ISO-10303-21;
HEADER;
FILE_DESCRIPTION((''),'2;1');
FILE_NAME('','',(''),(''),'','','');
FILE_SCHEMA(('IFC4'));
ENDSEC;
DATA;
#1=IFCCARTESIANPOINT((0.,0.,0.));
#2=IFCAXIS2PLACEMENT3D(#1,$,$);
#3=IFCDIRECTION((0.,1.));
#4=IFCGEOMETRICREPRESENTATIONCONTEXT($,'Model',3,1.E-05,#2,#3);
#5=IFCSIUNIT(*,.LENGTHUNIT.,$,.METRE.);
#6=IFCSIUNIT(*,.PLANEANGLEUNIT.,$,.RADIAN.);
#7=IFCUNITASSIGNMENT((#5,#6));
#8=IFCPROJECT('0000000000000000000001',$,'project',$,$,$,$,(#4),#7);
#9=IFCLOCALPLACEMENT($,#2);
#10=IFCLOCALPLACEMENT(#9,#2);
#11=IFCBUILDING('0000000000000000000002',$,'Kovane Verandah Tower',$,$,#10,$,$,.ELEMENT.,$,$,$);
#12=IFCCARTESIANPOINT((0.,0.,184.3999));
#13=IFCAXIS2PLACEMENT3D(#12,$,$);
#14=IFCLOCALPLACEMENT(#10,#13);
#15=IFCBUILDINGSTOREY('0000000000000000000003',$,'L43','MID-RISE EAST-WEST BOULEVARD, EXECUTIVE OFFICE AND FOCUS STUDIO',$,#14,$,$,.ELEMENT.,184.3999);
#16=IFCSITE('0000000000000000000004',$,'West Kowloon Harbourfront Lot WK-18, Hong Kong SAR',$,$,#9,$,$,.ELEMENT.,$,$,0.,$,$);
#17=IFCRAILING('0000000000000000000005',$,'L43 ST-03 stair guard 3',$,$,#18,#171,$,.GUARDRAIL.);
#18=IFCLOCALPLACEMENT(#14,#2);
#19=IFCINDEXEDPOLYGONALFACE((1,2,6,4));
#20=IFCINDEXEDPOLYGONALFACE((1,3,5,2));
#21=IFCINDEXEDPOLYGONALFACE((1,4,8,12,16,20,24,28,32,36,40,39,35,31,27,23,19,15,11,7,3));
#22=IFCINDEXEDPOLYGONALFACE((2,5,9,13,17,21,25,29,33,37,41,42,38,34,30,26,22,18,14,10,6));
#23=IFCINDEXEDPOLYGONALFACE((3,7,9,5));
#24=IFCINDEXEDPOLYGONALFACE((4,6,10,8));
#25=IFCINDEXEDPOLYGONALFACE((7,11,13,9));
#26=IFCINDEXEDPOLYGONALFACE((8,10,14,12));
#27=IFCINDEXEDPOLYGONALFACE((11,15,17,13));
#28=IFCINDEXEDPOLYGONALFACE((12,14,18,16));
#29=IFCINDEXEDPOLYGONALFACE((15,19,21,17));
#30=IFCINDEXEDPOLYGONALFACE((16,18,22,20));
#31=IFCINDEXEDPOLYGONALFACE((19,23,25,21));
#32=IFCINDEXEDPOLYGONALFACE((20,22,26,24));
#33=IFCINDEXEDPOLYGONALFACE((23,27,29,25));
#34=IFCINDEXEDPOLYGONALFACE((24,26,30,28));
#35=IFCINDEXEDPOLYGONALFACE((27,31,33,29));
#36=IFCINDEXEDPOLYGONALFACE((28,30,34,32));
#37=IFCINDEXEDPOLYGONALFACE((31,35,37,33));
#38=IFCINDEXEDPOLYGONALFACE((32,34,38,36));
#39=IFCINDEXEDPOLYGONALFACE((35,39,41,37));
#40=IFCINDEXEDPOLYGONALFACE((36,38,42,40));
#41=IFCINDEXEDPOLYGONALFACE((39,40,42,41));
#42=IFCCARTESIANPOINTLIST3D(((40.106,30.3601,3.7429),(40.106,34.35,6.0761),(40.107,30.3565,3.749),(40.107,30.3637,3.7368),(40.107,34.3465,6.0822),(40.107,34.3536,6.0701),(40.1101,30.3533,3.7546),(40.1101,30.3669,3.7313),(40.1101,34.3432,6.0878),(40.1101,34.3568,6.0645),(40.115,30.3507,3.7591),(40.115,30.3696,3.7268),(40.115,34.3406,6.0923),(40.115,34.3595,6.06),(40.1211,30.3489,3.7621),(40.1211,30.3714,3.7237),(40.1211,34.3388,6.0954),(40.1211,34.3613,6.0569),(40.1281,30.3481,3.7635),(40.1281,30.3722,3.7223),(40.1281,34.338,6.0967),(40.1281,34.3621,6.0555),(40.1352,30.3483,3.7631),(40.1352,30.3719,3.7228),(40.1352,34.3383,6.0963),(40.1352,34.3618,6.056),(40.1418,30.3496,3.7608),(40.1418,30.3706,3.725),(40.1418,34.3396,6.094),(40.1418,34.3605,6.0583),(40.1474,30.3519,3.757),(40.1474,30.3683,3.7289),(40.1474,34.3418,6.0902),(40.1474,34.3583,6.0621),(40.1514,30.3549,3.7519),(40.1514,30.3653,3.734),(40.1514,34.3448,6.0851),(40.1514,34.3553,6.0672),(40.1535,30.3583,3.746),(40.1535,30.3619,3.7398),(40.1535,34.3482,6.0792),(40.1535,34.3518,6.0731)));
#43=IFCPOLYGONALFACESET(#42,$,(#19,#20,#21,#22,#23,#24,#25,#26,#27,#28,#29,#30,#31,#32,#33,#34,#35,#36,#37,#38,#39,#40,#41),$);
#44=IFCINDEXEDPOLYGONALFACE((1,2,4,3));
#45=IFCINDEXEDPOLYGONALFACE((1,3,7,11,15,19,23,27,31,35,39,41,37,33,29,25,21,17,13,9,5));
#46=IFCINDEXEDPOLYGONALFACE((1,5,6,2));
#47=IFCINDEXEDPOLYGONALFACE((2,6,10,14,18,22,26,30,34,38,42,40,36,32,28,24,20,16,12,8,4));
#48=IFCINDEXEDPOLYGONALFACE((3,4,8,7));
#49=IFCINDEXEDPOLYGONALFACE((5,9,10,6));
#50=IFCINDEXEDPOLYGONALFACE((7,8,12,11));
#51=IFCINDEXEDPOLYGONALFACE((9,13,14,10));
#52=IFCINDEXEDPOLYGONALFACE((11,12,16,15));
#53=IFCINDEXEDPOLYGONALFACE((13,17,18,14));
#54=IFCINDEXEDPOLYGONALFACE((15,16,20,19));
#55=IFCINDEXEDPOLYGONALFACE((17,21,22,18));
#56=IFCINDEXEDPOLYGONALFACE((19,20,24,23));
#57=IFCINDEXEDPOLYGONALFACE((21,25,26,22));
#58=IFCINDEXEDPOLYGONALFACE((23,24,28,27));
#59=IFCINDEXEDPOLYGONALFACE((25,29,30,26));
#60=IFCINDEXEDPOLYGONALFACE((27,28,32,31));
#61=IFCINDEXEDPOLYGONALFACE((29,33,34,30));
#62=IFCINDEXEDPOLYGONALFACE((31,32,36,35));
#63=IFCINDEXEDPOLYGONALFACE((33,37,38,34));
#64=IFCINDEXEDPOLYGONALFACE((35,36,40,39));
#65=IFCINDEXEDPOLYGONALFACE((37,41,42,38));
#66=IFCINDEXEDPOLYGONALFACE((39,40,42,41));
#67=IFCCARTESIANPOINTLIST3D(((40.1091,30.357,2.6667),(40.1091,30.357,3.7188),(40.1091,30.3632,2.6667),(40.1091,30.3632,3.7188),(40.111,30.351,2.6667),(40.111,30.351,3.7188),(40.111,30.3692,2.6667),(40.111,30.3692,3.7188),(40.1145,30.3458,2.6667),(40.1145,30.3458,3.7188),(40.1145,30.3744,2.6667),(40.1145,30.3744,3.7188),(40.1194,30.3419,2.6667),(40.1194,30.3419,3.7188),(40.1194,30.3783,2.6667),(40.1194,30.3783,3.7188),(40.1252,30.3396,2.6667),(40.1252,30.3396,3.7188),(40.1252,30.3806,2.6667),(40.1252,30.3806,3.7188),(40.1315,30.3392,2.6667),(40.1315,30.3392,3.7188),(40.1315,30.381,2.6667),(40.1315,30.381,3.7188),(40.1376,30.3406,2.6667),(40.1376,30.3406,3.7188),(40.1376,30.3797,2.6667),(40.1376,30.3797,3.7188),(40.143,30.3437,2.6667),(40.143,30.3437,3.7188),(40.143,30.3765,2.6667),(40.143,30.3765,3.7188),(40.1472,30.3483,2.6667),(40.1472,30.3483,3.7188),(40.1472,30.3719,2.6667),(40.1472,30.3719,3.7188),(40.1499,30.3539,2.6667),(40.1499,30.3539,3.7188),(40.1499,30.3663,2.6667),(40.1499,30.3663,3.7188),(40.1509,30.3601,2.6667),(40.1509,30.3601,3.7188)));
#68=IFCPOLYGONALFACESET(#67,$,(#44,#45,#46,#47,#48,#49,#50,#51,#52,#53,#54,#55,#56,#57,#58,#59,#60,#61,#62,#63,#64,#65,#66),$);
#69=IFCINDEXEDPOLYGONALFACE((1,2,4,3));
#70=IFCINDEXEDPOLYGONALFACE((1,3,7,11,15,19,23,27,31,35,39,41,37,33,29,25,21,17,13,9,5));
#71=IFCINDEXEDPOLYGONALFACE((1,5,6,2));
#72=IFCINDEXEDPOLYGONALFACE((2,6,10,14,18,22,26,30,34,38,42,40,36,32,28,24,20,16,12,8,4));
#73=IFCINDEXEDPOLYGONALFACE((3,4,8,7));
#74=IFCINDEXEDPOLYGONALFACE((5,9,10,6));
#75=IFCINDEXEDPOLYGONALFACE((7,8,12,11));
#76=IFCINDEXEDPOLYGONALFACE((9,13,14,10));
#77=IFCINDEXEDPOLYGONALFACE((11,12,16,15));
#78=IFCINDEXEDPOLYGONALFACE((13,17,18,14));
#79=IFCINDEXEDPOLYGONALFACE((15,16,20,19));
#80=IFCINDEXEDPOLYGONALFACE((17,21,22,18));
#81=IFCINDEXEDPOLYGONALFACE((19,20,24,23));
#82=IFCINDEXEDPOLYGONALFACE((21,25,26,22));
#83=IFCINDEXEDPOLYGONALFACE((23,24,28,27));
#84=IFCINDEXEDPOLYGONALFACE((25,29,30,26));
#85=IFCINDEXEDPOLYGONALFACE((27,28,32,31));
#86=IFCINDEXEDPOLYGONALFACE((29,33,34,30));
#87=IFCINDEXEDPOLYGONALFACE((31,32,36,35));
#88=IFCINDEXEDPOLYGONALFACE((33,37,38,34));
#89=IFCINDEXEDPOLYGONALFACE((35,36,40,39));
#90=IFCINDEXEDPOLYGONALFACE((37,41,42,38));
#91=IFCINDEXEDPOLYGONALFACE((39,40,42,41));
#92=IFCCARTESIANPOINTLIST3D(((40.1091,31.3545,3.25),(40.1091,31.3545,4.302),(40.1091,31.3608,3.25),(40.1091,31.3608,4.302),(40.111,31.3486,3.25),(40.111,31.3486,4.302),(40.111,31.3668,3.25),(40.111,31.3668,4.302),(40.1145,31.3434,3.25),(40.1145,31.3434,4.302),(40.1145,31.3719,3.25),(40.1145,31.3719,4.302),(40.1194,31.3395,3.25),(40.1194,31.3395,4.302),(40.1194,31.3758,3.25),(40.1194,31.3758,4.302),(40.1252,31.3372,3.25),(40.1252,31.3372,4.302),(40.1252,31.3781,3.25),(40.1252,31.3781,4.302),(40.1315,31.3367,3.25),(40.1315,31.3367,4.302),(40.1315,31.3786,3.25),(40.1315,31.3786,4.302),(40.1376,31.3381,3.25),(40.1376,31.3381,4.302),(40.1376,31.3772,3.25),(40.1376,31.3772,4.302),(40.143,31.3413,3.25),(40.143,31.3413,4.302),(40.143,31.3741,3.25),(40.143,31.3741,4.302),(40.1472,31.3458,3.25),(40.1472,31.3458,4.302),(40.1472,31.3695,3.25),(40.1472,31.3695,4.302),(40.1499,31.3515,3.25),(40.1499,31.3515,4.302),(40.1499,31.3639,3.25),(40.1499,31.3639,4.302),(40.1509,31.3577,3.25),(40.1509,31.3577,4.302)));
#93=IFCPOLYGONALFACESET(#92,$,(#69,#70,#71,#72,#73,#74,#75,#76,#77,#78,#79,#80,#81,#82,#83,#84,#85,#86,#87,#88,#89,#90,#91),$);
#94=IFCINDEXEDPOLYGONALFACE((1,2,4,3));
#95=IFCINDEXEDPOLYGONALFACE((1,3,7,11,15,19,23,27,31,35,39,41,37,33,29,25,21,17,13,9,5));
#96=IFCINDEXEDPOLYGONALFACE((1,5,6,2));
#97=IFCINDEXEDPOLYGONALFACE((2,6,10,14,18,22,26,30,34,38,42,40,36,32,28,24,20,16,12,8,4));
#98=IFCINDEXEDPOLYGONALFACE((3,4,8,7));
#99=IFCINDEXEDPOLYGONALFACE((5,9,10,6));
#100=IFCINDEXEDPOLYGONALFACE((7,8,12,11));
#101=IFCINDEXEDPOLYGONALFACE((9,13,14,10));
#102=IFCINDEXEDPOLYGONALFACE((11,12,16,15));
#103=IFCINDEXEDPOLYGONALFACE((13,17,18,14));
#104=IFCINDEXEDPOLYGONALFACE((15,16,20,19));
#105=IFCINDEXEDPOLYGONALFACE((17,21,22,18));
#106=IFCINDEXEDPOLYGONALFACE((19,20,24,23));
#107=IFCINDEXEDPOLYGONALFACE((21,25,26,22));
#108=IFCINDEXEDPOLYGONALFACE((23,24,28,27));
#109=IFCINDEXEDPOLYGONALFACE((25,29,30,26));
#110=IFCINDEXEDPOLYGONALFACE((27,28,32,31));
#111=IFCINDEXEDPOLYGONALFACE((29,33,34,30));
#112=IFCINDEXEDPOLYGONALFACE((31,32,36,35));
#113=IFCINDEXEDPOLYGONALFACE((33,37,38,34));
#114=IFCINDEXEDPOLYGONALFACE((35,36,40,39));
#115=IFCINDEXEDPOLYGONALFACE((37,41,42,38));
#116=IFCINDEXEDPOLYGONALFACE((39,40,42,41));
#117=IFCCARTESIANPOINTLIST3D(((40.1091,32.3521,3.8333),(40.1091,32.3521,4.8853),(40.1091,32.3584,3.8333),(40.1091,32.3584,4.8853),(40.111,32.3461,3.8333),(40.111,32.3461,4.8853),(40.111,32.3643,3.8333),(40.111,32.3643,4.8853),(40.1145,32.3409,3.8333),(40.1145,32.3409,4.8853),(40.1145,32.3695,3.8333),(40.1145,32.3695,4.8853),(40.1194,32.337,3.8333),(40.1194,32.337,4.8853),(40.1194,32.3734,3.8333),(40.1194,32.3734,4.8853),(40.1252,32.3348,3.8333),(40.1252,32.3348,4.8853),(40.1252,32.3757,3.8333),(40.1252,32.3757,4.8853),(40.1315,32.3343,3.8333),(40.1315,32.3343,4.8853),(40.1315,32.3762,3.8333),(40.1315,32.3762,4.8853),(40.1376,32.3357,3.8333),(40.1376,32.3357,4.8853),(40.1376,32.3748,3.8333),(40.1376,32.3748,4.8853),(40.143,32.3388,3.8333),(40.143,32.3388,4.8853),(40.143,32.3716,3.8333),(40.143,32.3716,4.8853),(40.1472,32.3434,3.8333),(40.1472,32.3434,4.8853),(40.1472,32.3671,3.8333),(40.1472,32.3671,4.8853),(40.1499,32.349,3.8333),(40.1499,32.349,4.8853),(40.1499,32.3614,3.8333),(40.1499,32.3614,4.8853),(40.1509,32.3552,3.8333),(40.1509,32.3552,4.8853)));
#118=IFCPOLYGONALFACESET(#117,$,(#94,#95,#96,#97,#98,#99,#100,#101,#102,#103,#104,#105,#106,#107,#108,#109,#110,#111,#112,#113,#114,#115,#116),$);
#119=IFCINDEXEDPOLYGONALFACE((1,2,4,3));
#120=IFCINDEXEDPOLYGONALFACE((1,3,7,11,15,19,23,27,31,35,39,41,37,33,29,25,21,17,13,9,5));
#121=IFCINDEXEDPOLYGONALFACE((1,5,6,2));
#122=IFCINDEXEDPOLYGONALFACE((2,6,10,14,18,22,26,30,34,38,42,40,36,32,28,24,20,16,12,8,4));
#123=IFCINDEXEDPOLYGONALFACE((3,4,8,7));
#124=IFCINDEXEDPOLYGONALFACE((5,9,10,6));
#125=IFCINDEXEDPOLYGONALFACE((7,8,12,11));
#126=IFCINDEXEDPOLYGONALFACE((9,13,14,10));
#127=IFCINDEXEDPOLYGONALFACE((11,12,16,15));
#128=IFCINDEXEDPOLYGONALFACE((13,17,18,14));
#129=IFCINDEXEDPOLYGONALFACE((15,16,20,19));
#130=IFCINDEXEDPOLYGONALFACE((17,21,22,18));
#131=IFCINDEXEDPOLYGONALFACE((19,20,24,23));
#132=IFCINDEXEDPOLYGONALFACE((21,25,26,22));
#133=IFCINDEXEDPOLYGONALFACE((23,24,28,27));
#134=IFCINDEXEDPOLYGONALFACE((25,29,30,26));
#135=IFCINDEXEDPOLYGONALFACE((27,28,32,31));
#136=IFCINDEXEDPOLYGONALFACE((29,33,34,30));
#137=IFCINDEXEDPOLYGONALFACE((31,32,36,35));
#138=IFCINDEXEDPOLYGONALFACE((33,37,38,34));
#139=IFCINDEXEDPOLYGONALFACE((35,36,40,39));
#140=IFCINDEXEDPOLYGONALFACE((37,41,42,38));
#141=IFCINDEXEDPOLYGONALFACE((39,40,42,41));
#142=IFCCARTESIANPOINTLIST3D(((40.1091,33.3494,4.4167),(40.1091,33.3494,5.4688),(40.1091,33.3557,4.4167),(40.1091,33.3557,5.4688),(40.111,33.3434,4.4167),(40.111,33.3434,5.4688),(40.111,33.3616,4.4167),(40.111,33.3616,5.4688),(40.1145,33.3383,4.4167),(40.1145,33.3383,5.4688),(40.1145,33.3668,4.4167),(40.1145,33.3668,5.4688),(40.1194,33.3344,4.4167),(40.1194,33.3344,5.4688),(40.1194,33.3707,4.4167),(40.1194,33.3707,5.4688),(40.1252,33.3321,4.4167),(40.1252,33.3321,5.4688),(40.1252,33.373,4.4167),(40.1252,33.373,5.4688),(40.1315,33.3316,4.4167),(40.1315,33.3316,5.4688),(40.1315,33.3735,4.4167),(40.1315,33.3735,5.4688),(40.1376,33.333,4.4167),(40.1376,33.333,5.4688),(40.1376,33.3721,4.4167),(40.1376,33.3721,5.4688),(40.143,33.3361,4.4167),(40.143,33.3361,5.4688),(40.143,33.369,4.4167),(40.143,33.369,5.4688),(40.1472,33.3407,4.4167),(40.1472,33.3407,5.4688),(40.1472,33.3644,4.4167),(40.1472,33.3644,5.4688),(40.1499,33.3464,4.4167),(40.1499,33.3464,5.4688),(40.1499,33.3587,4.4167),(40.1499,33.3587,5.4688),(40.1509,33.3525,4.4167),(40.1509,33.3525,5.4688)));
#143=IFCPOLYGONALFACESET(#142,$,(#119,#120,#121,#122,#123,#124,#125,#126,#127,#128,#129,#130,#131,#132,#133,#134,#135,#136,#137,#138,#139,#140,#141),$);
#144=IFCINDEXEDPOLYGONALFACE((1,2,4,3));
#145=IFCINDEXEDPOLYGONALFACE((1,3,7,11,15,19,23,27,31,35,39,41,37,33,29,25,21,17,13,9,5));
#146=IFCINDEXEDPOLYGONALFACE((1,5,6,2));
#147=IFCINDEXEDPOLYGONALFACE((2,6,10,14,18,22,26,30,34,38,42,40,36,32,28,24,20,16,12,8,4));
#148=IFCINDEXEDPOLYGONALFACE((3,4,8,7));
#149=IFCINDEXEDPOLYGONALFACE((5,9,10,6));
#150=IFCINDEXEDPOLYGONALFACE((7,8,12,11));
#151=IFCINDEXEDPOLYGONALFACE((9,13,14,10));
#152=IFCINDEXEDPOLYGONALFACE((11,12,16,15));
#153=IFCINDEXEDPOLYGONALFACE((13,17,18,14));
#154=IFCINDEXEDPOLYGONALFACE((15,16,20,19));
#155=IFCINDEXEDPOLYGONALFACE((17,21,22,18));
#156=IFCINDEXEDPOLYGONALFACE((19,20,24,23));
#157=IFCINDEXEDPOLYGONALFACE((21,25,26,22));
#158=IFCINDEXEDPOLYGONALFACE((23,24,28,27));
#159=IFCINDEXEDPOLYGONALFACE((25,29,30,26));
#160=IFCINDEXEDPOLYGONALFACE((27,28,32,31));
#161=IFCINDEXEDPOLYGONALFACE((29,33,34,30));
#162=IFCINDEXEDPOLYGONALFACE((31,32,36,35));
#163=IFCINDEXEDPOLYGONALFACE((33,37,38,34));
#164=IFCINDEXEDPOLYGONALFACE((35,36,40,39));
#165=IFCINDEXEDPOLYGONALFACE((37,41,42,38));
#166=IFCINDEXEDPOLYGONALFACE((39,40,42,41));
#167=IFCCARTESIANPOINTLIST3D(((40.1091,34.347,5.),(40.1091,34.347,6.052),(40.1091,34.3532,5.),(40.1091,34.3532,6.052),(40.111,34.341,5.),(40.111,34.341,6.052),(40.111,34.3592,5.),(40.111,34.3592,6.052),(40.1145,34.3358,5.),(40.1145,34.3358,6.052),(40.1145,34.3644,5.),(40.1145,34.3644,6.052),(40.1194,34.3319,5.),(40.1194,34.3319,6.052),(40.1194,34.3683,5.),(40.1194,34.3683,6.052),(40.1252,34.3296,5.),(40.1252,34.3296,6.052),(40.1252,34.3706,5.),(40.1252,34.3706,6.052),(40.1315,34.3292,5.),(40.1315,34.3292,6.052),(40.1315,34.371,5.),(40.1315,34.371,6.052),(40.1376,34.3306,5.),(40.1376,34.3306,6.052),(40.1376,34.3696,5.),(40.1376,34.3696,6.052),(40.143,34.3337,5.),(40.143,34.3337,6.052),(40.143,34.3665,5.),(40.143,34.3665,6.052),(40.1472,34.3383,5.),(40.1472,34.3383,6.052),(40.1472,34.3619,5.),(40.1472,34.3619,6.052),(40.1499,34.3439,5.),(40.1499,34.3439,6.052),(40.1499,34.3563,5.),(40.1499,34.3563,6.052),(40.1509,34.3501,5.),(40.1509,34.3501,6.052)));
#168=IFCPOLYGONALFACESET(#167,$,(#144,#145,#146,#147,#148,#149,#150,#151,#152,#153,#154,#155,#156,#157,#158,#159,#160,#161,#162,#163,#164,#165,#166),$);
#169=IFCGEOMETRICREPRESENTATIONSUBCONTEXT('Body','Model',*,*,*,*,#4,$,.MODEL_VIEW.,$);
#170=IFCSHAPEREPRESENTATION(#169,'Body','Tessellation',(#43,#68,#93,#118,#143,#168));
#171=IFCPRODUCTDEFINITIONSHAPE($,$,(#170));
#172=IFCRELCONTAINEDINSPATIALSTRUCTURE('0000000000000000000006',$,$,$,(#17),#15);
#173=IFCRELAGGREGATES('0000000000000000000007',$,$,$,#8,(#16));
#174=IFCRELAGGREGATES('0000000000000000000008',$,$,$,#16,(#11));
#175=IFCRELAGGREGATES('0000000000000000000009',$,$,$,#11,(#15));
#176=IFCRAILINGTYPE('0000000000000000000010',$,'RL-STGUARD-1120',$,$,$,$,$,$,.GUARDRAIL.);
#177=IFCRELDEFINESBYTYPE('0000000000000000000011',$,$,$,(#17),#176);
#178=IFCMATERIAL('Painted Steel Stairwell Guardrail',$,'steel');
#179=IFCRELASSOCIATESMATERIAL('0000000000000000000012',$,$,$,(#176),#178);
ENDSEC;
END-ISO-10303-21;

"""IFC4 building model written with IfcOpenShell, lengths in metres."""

from ifc_helpers import new_model, si_unit, direction, frame, origin, origin_2d, place, context, subcontext, project, spatial, circle, extrude, material, type_object, element, save


model = new_model("IFC4")

# Units and contexts
model_context = context("Model", 3, precision=1e-05, world=origin(), true_north=direction((0.0, 1.0)))
body_context = subcontext(model_context, "Body", "Model", "MODEL_VIEW")
ifc_project = project(units=[si_unit("LENGTHUNIT", "METRE"), si_unit("PLANEANGLEUNIT", "RADIAN")], contexts=[model_context])

# Site, building, storey
site_placement = place(None, origin())
site = spatial("IfcSite", under=ifc_project, at=site_placement, Name="West Kowloon Harbourfront Lot WK-18, Hong Kong SAR", CompositionType="ELEMENT", RefElevation=0.0)
building_placement = place(site_placement, origin())
building = spatial("IfcBuilding", under=site, at=building_placement, Name="Kovane Verandah Tower", CompositionType="ELEMENT")
storey_placement = place(building_placement, frame((0.0, 0.0, 184.3999)))
storey = spatial("IfcBuildingStorey", under=building, at=storey_placement, Name="L43", Description="MID-RISE EAST-WEST BOULEVARD, EXECUTIVE OFFICE AND FOCUS STUDIO", CompositionType="ELEMENT", Elevation=184.3999)

# Railing
ifc_material_1 = material(Name="Painted Steel Stairwell Guardrail", Category="steel")
railing_type_1 = type_object("IfcRailingType", Name="RL-STGUARD-1120", PredefinedType="GUARDRAIL", material=ifc_material_1)
railing_1_placement = place(storey_placement, frame((40.1299, 30.3601, 2.6667)))
element("IfcRailing", 1, at=railing_1_placement, inside=storey, type_object=railing_type_1, Name="L43 ST-03 stair guard 3", PredefinedType="GUARDRAIL", context=body_context, shape_type="SweptSolid", body=[
    extrude(circle(Radius=0.0239, at=origin_2d()), frame((0.0, 0.0, 1.0762), z_axis=(0.0, 0.863236, 0.5048), x_axis=(-1.0, 0.0, 0.0)), (0.0, 0.0, 1.0), 4.6221),
    extrude(circle(Radius=0.021, at=origin_2d()), origin(), (0.0, 0.0, 1.0), 1.052),
    extrude(circle(Radius=0.021, at=origin_2d()), frame((0.0, 0.9976, 0.5833)), (0.0, 0.0, 1.0), 1.052),
    extrude(circle(Radius=0.021, at=origin_2d()), frame((0.0, 1.9951, 1.1665)), (0.0, 0.0, 1.0), 1.052),
    extrude(circle(Radius=0.021, at=origin_2d()), frame((0.0, 2.9924, 1.75)), (0.0, 0.0, 1.0), 1.052),
    extrude(circle(Radius=0.021, at=origin_2d()), frame((0.0, 3.99, 2.3333)), (0.0, 0.0, 1.0), 1.052),
])

save(model, "model.ifc")
